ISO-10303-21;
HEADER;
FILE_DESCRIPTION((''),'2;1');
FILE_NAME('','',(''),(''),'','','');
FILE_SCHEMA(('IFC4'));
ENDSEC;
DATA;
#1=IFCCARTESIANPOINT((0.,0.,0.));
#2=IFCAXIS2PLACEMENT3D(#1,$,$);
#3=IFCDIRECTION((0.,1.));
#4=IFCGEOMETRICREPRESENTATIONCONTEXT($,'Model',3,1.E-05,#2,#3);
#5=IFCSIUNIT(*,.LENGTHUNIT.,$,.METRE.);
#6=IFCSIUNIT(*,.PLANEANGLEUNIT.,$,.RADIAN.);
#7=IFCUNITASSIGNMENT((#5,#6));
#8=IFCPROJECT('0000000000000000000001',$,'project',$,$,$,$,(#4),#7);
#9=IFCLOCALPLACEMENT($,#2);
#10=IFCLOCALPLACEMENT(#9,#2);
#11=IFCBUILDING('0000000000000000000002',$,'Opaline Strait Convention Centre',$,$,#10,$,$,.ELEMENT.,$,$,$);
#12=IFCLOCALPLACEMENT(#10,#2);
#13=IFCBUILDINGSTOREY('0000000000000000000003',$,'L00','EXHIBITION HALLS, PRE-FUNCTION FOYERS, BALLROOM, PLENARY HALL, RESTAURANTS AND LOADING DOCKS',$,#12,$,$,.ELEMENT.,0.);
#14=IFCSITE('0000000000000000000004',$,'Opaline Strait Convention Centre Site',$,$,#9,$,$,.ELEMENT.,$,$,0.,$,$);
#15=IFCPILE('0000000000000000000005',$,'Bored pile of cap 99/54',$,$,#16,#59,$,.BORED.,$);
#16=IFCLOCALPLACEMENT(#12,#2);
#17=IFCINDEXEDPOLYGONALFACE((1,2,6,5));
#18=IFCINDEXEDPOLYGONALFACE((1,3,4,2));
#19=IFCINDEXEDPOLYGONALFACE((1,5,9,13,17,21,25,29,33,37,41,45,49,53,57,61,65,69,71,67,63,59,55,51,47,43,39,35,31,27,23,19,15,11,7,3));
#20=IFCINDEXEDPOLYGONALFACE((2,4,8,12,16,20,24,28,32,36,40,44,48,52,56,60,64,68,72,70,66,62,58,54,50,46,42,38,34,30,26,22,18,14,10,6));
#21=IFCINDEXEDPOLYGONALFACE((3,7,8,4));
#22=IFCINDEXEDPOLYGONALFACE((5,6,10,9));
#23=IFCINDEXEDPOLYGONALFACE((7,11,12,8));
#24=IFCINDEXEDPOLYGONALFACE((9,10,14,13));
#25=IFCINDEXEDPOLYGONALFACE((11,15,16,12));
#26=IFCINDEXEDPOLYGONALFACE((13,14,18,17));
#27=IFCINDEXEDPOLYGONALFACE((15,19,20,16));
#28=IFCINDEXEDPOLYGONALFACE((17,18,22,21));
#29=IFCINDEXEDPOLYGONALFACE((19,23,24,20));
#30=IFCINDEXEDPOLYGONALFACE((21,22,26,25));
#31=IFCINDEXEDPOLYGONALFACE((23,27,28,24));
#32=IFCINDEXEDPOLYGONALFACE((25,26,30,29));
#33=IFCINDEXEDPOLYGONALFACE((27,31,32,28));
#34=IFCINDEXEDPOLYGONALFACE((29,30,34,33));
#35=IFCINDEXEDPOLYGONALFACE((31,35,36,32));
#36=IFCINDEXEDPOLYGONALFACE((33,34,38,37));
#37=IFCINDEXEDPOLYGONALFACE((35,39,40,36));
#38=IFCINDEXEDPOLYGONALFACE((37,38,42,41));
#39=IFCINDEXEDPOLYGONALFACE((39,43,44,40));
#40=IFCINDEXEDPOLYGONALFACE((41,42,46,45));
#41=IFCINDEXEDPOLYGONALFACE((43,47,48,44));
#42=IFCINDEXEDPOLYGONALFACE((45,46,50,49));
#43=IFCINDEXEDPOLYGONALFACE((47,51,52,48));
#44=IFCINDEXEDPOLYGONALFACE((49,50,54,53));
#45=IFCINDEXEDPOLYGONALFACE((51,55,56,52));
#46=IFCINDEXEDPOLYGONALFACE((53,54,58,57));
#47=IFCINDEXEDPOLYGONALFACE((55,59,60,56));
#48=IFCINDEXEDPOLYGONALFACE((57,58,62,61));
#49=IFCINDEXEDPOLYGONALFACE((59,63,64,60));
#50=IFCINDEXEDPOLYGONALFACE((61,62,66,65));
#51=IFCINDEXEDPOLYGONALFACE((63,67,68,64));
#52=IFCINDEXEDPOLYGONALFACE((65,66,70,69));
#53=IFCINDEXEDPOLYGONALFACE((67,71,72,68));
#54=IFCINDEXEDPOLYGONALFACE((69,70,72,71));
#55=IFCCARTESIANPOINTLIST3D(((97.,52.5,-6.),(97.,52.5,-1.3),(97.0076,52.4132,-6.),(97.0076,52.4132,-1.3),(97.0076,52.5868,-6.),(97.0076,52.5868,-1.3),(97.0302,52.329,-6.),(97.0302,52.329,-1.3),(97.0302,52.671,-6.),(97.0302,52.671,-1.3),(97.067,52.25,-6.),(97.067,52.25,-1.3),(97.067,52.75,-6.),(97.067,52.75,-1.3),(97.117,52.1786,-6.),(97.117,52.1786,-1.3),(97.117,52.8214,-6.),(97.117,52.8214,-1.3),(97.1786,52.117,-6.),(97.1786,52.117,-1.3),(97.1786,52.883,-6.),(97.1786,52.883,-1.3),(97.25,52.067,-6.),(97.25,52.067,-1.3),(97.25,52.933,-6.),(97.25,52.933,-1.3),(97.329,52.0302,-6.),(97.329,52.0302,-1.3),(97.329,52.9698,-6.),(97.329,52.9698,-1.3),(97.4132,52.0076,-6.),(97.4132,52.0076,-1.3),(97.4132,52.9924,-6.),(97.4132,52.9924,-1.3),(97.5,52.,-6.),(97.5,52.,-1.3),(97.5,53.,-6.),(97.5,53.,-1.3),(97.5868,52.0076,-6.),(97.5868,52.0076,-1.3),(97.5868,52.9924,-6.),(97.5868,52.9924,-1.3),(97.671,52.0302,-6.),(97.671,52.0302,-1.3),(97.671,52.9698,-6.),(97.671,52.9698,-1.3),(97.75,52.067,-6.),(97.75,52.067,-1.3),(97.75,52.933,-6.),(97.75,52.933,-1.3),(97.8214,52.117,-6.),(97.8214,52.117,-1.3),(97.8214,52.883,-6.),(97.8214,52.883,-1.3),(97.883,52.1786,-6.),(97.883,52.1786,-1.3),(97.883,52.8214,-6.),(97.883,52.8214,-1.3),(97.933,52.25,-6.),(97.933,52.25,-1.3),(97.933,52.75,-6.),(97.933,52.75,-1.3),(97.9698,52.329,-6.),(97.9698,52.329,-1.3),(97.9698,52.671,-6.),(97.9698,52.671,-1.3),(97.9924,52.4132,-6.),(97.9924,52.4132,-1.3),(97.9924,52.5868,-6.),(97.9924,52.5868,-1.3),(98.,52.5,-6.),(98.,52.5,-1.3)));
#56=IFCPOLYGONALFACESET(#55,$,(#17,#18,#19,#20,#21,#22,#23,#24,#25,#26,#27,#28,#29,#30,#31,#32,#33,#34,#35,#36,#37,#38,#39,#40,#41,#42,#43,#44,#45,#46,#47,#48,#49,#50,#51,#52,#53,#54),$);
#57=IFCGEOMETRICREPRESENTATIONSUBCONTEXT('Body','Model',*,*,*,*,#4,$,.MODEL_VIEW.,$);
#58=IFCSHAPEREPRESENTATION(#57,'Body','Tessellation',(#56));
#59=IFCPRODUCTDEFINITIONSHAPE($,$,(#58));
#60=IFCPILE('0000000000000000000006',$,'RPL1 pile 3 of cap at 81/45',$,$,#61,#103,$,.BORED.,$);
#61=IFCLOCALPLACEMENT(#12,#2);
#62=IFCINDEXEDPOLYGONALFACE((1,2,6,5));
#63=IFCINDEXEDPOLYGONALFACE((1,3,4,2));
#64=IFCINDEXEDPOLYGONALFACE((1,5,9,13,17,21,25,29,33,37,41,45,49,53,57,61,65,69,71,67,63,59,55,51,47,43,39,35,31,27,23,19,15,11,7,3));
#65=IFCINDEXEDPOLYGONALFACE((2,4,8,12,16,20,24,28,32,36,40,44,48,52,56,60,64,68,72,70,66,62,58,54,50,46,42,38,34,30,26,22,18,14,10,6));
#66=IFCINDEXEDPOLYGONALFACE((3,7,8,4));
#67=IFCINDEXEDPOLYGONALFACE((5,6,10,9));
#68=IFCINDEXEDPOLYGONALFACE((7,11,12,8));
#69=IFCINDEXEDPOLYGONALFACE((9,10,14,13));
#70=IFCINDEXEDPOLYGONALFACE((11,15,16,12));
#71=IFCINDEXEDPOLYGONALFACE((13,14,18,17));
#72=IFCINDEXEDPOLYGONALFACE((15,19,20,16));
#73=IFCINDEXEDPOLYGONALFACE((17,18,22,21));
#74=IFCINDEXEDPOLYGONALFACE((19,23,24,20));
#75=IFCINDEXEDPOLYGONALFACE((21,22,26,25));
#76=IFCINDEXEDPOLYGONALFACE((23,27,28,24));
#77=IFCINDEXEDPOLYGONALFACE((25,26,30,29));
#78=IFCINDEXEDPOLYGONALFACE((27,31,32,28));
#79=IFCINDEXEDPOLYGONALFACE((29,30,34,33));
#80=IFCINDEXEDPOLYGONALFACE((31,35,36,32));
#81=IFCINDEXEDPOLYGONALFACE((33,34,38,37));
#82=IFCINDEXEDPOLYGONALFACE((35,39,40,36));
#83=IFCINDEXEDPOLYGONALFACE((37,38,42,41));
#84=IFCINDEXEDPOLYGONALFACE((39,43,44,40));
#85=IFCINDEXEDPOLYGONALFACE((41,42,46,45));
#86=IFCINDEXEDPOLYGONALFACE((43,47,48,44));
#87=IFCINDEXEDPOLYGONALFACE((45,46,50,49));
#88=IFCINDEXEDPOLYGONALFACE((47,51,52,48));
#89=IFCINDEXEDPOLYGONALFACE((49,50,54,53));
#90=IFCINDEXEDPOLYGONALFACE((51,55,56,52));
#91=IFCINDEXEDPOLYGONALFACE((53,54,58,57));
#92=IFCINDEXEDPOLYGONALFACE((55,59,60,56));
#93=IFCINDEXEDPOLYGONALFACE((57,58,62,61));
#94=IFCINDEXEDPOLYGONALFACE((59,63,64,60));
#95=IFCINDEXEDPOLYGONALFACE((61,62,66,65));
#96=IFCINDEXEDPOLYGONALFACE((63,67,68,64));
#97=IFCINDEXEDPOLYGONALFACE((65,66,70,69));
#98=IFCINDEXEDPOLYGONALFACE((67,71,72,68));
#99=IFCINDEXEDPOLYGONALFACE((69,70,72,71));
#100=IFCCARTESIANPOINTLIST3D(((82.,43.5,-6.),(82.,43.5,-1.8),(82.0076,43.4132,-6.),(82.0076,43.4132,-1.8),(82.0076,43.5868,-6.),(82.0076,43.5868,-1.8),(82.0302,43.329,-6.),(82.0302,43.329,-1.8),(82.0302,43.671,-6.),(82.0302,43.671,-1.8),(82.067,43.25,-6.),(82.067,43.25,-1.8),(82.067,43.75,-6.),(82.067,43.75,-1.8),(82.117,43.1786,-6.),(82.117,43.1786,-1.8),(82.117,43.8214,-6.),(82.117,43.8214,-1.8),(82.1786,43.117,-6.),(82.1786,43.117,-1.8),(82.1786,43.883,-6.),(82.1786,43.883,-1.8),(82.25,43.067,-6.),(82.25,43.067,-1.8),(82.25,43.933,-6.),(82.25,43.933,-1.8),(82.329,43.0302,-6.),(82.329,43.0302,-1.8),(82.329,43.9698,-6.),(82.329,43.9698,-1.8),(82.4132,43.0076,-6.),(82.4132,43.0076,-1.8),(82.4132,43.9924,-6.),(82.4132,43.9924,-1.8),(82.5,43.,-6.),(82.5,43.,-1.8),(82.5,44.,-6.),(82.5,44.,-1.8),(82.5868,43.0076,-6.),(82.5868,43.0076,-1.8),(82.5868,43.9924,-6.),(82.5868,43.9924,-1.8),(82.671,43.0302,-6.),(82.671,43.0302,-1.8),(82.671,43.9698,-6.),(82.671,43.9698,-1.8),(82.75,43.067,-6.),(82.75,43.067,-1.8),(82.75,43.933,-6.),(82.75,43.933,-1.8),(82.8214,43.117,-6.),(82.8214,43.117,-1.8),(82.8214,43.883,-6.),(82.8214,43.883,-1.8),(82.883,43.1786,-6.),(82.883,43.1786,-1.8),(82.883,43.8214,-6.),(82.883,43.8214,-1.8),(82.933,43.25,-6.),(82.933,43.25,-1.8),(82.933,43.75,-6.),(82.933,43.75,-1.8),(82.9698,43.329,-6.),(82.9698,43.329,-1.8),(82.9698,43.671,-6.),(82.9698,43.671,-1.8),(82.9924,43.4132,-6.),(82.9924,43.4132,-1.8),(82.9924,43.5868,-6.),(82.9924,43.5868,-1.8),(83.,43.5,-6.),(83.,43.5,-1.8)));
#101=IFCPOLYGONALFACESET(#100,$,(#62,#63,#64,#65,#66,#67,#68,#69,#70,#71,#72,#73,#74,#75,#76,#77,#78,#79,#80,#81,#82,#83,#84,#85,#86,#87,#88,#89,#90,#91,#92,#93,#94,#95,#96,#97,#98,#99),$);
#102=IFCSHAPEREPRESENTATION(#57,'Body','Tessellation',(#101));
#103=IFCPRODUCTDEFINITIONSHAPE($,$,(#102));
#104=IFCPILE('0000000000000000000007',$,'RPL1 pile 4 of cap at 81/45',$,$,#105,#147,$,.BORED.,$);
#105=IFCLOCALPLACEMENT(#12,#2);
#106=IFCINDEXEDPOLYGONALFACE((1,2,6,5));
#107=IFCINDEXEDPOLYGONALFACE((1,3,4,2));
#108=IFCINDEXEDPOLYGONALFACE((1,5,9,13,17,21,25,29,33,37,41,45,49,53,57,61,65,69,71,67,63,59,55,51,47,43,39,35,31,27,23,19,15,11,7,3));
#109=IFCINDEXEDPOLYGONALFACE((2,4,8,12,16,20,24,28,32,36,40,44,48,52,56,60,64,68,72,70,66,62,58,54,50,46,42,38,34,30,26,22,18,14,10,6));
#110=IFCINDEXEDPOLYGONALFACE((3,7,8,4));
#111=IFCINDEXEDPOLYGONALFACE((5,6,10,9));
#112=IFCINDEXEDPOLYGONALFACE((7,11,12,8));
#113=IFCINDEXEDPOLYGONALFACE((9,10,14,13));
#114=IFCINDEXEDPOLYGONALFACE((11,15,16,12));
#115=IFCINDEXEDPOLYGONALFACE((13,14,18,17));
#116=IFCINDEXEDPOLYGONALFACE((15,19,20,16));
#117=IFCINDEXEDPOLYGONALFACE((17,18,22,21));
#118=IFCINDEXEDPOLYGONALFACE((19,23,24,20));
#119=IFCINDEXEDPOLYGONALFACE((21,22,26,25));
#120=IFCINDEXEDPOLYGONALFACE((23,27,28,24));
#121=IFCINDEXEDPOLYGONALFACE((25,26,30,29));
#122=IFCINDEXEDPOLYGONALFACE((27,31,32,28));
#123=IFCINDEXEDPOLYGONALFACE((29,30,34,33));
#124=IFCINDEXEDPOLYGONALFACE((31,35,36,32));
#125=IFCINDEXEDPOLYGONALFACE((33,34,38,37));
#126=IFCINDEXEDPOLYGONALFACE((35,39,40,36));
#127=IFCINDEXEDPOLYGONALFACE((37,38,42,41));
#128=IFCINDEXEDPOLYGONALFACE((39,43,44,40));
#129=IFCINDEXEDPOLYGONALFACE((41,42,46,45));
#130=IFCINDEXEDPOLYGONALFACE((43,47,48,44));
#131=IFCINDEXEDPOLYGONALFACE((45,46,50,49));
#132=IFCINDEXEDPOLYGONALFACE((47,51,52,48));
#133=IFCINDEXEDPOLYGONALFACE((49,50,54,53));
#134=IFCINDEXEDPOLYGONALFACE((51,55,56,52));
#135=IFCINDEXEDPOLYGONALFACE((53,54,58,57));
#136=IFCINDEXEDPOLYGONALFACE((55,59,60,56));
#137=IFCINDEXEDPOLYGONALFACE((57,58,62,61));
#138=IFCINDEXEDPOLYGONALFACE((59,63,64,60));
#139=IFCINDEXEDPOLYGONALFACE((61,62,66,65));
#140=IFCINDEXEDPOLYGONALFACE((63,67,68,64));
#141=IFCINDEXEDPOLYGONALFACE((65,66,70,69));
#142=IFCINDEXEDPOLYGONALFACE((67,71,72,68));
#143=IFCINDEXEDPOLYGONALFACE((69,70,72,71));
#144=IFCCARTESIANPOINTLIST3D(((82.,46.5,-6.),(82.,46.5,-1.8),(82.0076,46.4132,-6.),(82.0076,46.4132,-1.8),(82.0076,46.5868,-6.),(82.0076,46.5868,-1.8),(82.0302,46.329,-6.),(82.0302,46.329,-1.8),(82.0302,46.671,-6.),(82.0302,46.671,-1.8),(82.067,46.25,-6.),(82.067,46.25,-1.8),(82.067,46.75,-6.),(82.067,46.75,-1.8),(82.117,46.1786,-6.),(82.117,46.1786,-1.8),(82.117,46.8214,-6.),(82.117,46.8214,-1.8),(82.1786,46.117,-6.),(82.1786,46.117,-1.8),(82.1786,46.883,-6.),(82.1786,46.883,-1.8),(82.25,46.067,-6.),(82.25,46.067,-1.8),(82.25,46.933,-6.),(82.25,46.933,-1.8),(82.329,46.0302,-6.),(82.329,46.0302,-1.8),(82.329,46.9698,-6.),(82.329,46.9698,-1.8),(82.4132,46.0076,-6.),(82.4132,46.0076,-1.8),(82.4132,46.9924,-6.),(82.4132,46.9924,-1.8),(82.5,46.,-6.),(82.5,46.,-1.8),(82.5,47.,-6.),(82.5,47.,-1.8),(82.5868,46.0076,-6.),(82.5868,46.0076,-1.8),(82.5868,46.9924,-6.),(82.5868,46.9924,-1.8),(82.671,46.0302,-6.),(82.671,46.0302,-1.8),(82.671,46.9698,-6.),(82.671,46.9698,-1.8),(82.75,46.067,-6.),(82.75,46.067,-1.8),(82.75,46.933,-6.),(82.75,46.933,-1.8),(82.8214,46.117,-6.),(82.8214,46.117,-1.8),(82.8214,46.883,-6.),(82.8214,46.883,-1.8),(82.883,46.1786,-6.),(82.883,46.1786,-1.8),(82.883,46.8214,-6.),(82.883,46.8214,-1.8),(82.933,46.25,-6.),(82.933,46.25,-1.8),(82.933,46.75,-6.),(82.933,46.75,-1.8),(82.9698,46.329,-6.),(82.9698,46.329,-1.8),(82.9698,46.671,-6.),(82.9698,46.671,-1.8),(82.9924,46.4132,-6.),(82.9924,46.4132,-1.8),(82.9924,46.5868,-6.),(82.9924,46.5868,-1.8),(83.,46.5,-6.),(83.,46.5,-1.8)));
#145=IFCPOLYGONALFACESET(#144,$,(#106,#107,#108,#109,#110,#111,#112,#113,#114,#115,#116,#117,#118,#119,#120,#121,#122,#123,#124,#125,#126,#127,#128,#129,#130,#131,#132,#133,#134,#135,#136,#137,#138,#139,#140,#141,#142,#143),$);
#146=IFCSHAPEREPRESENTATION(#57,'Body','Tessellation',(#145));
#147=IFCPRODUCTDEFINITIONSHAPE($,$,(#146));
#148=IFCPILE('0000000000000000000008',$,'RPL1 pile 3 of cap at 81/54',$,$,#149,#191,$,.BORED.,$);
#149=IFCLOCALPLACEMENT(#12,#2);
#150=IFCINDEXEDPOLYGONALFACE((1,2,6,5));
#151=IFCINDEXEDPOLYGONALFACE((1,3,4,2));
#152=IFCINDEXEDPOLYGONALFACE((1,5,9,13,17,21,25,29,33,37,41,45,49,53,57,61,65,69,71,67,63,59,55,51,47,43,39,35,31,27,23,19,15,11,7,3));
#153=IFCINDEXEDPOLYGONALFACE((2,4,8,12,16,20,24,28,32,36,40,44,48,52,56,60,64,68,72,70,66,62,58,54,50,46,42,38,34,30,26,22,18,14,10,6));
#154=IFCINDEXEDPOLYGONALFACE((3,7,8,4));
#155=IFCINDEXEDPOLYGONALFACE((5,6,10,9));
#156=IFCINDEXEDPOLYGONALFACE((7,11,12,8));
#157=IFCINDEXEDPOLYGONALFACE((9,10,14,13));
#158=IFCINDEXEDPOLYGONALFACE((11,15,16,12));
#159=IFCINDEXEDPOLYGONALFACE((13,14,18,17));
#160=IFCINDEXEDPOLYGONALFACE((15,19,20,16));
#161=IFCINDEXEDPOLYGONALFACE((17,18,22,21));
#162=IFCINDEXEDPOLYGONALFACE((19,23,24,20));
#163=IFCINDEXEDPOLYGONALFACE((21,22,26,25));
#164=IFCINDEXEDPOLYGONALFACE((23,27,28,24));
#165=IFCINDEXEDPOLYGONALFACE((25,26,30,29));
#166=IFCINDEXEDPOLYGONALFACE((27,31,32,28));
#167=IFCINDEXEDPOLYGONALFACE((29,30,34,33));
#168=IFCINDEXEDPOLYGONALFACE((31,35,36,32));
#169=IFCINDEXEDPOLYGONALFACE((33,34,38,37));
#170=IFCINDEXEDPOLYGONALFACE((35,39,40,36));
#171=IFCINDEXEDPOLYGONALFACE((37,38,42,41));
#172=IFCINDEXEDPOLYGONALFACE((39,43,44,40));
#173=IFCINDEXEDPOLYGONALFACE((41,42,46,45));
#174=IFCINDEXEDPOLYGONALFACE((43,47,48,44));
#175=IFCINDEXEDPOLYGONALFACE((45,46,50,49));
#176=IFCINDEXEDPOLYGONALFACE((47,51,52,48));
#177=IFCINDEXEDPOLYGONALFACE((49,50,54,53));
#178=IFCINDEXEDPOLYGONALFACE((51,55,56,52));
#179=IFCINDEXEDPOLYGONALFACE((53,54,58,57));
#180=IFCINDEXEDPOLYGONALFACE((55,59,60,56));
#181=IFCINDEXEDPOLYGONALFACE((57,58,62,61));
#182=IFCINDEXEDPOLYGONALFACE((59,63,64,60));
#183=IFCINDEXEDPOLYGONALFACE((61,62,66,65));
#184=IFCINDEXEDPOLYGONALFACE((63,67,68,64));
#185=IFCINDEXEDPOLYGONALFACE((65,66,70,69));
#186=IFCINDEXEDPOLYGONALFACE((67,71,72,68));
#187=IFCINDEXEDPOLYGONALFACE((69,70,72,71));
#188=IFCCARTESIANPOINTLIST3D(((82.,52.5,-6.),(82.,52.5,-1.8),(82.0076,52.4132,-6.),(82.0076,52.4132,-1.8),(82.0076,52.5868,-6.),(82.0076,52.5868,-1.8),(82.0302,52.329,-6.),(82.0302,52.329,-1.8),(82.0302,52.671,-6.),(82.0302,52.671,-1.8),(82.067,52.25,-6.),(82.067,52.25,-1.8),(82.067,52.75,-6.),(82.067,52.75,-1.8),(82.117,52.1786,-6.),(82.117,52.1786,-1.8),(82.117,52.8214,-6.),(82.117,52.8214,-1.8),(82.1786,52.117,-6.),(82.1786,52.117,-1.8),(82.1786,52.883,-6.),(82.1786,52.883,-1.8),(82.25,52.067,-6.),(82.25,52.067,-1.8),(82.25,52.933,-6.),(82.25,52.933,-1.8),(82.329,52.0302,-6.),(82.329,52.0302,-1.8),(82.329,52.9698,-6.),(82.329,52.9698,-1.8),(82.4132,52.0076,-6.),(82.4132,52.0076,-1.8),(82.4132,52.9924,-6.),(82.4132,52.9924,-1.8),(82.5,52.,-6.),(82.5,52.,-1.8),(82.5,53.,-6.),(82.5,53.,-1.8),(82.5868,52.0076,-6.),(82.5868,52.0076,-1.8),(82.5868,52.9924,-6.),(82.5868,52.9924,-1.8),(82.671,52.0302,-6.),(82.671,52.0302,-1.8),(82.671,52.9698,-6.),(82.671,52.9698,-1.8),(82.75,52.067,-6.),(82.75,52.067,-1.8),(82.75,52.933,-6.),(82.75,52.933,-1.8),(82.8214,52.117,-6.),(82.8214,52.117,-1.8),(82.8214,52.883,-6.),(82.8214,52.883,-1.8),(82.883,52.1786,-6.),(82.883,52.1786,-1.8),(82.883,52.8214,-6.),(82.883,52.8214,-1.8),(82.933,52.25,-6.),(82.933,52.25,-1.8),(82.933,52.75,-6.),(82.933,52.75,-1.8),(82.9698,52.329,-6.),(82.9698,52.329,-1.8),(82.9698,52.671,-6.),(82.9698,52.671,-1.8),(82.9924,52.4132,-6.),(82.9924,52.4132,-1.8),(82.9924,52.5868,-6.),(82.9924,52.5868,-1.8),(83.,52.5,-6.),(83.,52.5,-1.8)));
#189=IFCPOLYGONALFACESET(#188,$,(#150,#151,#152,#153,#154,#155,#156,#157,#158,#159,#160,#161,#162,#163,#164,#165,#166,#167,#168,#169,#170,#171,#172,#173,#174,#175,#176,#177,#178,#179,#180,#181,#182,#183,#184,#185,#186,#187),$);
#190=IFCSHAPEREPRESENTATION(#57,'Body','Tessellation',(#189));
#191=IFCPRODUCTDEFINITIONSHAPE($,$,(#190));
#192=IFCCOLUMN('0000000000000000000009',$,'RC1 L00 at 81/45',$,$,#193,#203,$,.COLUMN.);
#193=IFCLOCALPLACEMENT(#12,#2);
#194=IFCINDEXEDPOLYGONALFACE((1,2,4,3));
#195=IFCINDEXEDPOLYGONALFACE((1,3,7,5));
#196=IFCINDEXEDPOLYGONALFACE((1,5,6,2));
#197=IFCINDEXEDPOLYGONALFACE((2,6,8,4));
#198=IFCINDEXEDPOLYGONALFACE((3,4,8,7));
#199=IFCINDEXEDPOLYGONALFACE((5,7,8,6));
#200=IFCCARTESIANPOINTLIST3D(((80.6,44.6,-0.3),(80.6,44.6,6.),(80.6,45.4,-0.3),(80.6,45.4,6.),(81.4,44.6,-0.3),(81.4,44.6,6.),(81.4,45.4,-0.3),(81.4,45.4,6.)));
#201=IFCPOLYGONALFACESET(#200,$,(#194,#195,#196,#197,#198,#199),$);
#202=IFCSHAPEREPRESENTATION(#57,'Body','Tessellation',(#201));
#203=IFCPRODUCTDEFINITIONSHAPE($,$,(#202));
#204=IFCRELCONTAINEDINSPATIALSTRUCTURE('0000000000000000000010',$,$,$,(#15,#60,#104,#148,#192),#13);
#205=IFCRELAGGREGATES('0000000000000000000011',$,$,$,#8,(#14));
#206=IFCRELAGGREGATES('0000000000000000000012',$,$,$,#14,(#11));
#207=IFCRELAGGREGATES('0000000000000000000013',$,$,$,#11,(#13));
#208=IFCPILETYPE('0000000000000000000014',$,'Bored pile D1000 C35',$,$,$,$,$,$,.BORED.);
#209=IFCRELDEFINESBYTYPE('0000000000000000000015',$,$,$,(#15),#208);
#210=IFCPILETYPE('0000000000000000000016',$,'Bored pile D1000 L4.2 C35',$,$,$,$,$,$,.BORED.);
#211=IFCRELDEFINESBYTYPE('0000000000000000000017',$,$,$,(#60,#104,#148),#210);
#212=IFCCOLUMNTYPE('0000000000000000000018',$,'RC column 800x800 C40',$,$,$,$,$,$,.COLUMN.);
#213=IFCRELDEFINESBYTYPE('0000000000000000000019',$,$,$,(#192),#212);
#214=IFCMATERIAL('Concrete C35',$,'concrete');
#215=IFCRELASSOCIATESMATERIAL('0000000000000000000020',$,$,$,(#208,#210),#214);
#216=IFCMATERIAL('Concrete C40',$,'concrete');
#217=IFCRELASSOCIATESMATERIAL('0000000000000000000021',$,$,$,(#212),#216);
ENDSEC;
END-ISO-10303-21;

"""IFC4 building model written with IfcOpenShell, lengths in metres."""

from ifc_helpers import new_model, si_unit, direction, frame, origin, origin_2d, place, context, subcontext, project, spatial, rectangle, circle, extrude, material, material_profile, profile_set, type_object, element, save


model = new_model("IFC4")

# Units and contexts
model_context = context("Model", 3, precision=1e-05, world=origin(), true_north=direction((0.0, 1.0)))
body_context = subcontext(model_context, "Body", "Model", "MODEL_VIEW")
ifc_project = project(units=[si_unit("LENGTHUNIT", "METRE"), si_unit("PLANEANGLEUNIT", "RADIAN")], contexts=[model_context])

# Site, building, storey
site_placement = place(None, origin())
site = spatial("IfcSite", under=ifc_project, at=site_placement, Name="Opaline Strait Convention Centre Site", CompositionType="ELEMENT", RefElevation=0.0)
building_placement = place(site_placement, origin())
building = spatial("IfcBuilding", under=site, at=building_placement, Name="Opaline Strait Convention Centre", CompositionType="ELEMENT")
storey_placement = place(building_placement, origin())
storey = spatial("IfcBuildingStorey", under=building, at=storey_placement, Name="L00", Description="EXHIBITION HALLS, PRE-FUNCTION FOYERS, BALLROOM, PLENARY HALL, RESTAURANTS AND LOADING DOCKS", CompositionType="ELEMENT", Elevation=0.0)

# Piles
ifc_material_1 = material(Name="Concrete C35", Category="concrete")
ifc_material_profile_1 = material_profile(ifc_material_1, circle(Radius=0.5, at=origin_2d()), Name="D1000")
ifc_profile_set_1 = profile_set([ifc_material_profile_1], Name="Concrete C35")
pile_type_1 = type_object("IfcPileType", Name="Bored pile D1000 C35", PredefinedType="BORED", material=ifc_profile_set_1)
pile_placement = place(storey_placement, frame((97.5, 52.5, -1.3), z_axis=(0.0, 0.0, -1.0), x_axis=(1.0, 0.0, 0.0)))
element("IfcPile", 1, at=pile_placement, inside=storey, type_object=pile_type_1, Name="Bored pile of cap 99/54", PredefinedType="BORED", context=body_context, shape_type="SweptSolid", body=[
    extrude(circle(Radius=0.5, at=origin_2d()), origin(), (0.0, 0.0, 1.0), 4.7),
])
ifc_material_profile_2 = material_profile(ifc_material_1, circle(Radius=0.5, at=origin_2d()), Name="D1000")
ifc_profile_set_2 = profile_set([ifc_material_profile_2], Name="Concrete C35")
pile_type_2 = type_object("IfcPileType", Name="Bored pile D1000 L4.2 C35", PredefinedType="BORED", material=ifc_profile_set_2)
for number, where, z_axis, x_axis, name in (
    (2, (82.5, 43.5, -1.8), (0.0, 0.0, -1.0), (1.0, 0.0, 0.0), "RPL1 pile 3 of cap at 81/45"),
    (3, (82.5, 46.5, -1.8), (0.0, 0.0, -1.0), (1.0, 0.0, 0.0), "RPL1 pile 4 of cap at 81/45"),
    (4, (82.5, 52.5, -1.8), (0.0, 0.0, -1.0), (1.0, 0.0, 0.0), "RPL1 pile 3 of cap at 81/54"),
):
    element("IfcPile", number, at=place(storey_placement, frame(where, z_axis=z_axis, x_axis=x_axis)), inside=storey, type_object=pile_type_2, Name=name, PredefinedType="BORED", context=body_context, shape_type="SweptSolid", body=[
        extrude(circle(Radius=0.5, at=origin_2d()), origin(), (0.0, 0.0, 1.0), 4.2),
    ])

# Column
ifc_material_2 = material(Name="Concrete C40", Category="concrete")
ifc_material_profile_3 = material_profile(ifc_material_2, rectangle(XDim=0.8, YDim=0.8, at=origin_2d()), Name="RC 800x800")
ifc_profile_set_3 = profile_set([ifc_material_profile_3], Name="Concrete C40")
column_type = type_object("IfcColumnType", Name="RC column 800x800 C40", PredefinedType="COLUMN", material=ifc_profile_set_3)
column_placement = place(storey_placement, frame((81.0, 45.0, -0.3), z_axis=(0.0, 0.0, 1.0), x_axis=(1.0, 0.0, 0.0)))
element("IfcColumn", 5, at=column_placement, inside=storey, type_object=column_type, Name="RC1 L00 at 81/45", PredefinedType="COLUMN", context=body_context, shape_type="SweptSolid", body=[
    extrude(rectangle(XDim=0.8, YDim=0.8, at=origin_2d()), origin(), (0.0, 0.0, 1.0), 6.3),
])

save(model, "model.ifc")
